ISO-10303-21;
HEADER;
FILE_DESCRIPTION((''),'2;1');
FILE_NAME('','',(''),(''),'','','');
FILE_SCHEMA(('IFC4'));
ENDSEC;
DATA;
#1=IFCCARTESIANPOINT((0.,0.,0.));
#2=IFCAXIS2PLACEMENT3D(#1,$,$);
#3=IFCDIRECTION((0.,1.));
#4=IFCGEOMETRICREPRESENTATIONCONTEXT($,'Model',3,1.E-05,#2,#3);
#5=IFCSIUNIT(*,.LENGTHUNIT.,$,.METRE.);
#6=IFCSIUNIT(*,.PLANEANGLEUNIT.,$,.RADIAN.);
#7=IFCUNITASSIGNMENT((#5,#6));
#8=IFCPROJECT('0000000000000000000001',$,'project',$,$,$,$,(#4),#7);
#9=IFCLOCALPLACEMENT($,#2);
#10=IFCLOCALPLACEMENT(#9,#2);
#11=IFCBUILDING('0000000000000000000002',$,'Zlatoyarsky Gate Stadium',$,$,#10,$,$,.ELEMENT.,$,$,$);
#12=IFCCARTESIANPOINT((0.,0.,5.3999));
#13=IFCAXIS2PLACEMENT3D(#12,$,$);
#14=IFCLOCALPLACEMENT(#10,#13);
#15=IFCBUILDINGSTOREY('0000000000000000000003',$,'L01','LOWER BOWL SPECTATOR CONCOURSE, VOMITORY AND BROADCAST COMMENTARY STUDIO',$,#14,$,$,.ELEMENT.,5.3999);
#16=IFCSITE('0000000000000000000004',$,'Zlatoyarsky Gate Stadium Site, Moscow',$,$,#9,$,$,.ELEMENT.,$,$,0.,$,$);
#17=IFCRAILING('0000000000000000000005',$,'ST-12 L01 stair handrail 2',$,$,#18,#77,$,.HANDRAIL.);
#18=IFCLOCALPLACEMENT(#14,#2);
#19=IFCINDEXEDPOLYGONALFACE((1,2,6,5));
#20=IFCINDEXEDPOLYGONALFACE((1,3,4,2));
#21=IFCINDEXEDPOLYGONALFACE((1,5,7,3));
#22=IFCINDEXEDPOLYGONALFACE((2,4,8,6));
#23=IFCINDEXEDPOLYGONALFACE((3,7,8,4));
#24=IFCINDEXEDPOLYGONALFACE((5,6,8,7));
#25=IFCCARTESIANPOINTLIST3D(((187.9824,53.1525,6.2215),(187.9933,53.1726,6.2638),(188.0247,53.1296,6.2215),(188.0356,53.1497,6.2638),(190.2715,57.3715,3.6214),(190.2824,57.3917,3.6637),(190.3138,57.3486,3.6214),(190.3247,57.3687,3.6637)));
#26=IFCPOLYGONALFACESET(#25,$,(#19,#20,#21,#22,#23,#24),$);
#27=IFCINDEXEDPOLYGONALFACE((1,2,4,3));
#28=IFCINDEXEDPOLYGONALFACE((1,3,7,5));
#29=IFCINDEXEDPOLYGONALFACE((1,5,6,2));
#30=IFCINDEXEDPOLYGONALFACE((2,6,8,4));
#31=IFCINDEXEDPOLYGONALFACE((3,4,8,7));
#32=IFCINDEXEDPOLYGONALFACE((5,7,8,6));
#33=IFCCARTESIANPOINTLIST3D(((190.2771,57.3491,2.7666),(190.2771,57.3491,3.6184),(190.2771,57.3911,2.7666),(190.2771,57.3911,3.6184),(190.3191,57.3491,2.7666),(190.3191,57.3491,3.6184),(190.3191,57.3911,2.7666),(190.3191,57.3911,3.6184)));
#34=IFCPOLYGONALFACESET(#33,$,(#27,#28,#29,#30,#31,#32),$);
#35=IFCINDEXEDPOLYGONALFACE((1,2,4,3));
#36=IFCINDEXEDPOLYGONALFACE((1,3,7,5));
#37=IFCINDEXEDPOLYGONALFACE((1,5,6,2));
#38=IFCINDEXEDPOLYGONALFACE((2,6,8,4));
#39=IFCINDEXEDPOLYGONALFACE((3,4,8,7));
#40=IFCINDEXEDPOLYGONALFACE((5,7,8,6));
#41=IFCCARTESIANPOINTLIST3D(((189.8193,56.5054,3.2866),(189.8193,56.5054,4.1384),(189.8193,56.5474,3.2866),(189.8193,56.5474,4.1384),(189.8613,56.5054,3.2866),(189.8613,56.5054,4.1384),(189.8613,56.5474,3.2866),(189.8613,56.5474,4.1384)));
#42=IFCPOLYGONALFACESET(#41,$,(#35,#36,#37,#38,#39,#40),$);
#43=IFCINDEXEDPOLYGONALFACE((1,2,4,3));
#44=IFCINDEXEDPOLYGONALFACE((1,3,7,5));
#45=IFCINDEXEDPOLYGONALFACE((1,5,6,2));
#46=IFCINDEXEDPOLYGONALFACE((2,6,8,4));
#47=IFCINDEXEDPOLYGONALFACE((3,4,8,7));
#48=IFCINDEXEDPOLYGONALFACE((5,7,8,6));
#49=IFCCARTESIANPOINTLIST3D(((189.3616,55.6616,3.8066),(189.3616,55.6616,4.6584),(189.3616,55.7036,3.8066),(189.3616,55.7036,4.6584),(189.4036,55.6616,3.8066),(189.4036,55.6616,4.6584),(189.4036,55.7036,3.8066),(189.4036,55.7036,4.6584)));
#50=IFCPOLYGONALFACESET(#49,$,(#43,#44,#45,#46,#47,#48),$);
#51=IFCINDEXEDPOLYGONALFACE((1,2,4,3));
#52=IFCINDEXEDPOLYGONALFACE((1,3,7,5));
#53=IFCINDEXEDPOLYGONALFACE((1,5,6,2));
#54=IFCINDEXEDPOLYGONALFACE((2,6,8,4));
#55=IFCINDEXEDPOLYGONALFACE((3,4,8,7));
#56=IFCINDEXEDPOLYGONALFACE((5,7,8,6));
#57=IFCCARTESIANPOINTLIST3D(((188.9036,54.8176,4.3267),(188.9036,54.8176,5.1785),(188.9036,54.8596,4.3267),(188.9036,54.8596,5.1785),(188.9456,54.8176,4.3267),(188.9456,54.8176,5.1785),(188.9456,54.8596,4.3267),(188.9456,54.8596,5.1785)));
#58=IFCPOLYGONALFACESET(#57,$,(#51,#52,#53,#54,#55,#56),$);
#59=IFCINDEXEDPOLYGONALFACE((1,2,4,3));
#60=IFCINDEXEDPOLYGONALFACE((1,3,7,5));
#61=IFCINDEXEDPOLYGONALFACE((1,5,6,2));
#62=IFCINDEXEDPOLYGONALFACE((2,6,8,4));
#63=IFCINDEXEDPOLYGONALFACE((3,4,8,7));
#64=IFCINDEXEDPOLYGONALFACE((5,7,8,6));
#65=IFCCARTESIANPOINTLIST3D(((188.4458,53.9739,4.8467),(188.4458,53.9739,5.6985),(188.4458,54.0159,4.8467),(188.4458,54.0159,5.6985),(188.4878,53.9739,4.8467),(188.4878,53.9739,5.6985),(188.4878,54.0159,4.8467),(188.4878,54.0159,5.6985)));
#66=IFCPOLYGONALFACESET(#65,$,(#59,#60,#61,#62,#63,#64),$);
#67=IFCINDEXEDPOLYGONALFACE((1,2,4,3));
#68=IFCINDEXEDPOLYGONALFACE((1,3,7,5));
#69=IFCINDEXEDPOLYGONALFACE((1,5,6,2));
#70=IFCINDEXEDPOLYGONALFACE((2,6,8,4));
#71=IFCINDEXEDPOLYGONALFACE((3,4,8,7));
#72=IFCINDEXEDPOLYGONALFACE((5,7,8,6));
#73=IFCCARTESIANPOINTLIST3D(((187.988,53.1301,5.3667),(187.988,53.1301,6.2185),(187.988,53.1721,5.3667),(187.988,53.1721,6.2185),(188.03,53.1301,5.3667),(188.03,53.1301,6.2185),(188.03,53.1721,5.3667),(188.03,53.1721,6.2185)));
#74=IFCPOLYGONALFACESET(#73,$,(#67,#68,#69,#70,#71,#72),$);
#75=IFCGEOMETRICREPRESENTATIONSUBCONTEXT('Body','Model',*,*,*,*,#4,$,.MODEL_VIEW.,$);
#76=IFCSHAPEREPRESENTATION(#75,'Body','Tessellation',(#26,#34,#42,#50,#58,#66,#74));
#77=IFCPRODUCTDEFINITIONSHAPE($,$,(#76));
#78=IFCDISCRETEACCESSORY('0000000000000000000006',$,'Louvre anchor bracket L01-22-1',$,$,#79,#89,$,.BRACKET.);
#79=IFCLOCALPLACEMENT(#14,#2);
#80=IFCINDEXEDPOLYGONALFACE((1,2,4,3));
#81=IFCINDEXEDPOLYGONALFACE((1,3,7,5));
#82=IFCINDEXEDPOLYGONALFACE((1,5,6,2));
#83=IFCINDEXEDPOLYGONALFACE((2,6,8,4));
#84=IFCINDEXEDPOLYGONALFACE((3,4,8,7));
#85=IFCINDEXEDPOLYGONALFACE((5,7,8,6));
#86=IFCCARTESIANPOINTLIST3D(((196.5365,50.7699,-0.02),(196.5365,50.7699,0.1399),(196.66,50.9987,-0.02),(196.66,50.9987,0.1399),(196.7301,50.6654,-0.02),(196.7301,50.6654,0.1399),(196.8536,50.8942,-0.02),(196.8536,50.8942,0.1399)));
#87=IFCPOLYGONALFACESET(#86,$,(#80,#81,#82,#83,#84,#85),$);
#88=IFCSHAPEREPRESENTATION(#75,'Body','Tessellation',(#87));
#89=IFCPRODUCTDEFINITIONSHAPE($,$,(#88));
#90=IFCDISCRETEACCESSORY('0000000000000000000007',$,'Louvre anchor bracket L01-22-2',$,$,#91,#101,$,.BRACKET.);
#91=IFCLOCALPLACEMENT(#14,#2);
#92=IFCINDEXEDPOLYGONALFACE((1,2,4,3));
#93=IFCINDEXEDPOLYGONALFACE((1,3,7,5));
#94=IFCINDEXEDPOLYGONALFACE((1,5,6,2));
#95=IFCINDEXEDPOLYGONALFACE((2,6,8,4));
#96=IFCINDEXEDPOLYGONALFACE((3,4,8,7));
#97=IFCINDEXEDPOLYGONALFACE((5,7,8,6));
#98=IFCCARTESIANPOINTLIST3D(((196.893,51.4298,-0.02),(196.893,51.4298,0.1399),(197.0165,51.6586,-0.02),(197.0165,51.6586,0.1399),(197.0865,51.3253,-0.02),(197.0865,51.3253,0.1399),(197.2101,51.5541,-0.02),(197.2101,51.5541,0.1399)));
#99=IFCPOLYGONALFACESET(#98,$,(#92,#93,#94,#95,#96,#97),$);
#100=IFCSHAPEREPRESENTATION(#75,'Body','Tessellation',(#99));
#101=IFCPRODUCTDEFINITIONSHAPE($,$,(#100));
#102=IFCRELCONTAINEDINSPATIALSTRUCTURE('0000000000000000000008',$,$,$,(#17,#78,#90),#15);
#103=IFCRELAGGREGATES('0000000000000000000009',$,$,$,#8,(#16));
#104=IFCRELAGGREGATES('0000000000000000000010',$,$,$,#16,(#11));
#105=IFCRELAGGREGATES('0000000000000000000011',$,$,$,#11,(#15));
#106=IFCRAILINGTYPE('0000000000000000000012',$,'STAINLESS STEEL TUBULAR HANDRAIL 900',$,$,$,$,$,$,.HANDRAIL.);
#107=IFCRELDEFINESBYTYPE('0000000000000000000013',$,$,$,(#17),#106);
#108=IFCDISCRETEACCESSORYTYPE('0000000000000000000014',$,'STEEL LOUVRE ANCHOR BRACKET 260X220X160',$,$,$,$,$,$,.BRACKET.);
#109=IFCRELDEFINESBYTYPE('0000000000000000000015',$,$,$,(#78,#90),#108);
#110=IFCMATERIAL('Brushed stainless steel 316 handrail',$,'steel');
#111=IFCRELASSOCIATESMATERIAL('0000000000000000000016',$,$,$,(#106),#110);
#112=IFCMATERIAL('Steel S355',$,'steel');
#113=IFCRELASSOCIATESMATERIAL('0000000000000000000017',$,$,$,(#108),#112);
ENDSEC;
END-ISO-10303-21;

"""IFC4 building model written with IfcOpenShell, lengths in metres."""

from ifc_helpers import new_model, si_unit, direction, frame, origin, origin_2d, place, context, subcontext, project, spatial, rectangle, extrude, material, type_object, element, save


model = new_model("IFC4")

# Units and contexts
model_context = context("Model", 3, precision=1e-05, world=origin(), true_north=direction((0.0, 1.0)))
body_context = subcontext(model_context, "Body", "Model", "MODEL_VIEW")
ifc_project = project(units=[si_unit("LENGTHUNIT", "METRE"), si_unit("PLANEANGLEUNIT", "RADIAN")], contexts=[model_context])

# Site, building, storey
site_placement = place(None, origin())
site = spatial("IfcSite", under=ifc_project, at=site_placement, Name="Zlatoyarsky Gate Stadium Site, Moscow", CompositionType="ELEMENT", RefElevation=0.0)
building_placement = place(site_placement, origin())
building = spatial("IfcBuilding", under=site, at=building_placement, Name="Zlatoyarsky Gate Stadium", CompositionType="ELEMENT")
storey_placement = place(building_placement, frame((0.0, 0.0, 5.3999)))
storey = spatial("IfcBuildingStorey", under=building, at=storey_placement, Name="L01", Description="LOWER BOWL SPECTATOR CONCOURSE, VOMITORY AND BROADCAST COMMENTARY STUDIO", CompositionType="ELEMENT", Elevation=5.3999)

# Shared definitions
ifc_material_1 = material(Name="Steel S355", Category="steel")

# Railing
ifc_material_2 = material(Name="Brushed stainless steel 316 handrail", Category="steel")
railing_type_1 = type_object("IfcRailingType", Name="STAINLESS STEEL TUBULAR HANDRAIL 900", PredefinedType="HANDRAIL", material=ifc_material_2)
railing_1_placement = place(storey_placement, frame((190.2981, 57.3701, 2.7666)))
element("IfcRailing", 1, at=railing_1_placement, inside=storey, type_object=railing_type_1, Name="ST-12 L01 stair handrail 2", PredefinedType="HANDRAIL", context=body_context, shape_type="SweptSolid", body=[
    extrude(rectangle(XDim=0.0481, YDim=0.0481, at=origin_2d()), frame((0.0, 0.0, 0.876), z_axis=(-0.419322, -0.772857, 0.476299), x_axis=(0.878962, -0.476891, 0.0)), (0.0, 0.0, 1.0), 5.459),
    extrude(rectangle(XDim=0.042, YDim=0.042, at=origin_2d()), origin(), (0.0, 0.0, 1.0), 0.8518),
    extrude(rectangle(XDim=0.042, YDim=0.042, at=origin_2d()), frame((-0.4578, -0.8438, 0.52)), (0.0, 0.0, 1.0), 0.8518),
    extrude(rectangle(XDim=0.042, YDim=0.042, at=origin_2d()), frame((-0.9155, -1.6875, 1.04)), (0.0, 0.0, 1.0), 0.8518),
    extrude(rectangle(XDim=0.042, YDim=0.042, at=origin_2d()), frame((-1.3735, -2.5315, 1.5601)), (0.0, 0.0, 1.0), 0.8518),
    extrude(rectangle(XDim=0.042, YDim=0.042, at=origin_2d()), frame((-1.8313, -3.3752, 2.0801)), (0.0, 0.0, 1.0), 0.8518),
    extrude(rectangle(XDim=0.042, YDim=0.042, at=origin_2d()), frame((-2.2891, -4.219, 2.6001)), (0.0, 0.0, 1.0), 0.8518),
])

# Discrete accessories
discrete_accessory_type = type_object("IfcDiscreteAccessoryType", Name="STEEL LOUVRE ANCHOR BRACKET 260X220X160", PredefinedType="BRACKET", material=ifc_material_1)
for number, where, z_axis, x_axis, name in (
    (2, (196.6951, 50.832, -0.02), (0.0, 0.0, 1.0), (0.47505, 0.879959, 0.0), "Louvre anchor bracket L01-22-1"),
    (3, (197.0515, 51.4919, -0.02), (0.0, 0.0, 1.0), (0.47505, 0.879959, 0.0), "Louvre anchor bracket L01-22-2"),
):
    element("IfcDiscreteAccessory", number, at=place(storey_placement, frame(where, z_axis=z_axis, x_axis=x_axis)), inside=storey, type_object=discrete_accessory_type, Name=name, PredefinedType="BRACKET", context=body_context, shape_type="SweptSolid", body=[
        extrude(rectangle(XDim=0.26, YDim=0.22, at=origin_2d()), origin(), (0.0, 0.0, 1.0), 0.1599),
    ])

save(model, "model.ifc")
